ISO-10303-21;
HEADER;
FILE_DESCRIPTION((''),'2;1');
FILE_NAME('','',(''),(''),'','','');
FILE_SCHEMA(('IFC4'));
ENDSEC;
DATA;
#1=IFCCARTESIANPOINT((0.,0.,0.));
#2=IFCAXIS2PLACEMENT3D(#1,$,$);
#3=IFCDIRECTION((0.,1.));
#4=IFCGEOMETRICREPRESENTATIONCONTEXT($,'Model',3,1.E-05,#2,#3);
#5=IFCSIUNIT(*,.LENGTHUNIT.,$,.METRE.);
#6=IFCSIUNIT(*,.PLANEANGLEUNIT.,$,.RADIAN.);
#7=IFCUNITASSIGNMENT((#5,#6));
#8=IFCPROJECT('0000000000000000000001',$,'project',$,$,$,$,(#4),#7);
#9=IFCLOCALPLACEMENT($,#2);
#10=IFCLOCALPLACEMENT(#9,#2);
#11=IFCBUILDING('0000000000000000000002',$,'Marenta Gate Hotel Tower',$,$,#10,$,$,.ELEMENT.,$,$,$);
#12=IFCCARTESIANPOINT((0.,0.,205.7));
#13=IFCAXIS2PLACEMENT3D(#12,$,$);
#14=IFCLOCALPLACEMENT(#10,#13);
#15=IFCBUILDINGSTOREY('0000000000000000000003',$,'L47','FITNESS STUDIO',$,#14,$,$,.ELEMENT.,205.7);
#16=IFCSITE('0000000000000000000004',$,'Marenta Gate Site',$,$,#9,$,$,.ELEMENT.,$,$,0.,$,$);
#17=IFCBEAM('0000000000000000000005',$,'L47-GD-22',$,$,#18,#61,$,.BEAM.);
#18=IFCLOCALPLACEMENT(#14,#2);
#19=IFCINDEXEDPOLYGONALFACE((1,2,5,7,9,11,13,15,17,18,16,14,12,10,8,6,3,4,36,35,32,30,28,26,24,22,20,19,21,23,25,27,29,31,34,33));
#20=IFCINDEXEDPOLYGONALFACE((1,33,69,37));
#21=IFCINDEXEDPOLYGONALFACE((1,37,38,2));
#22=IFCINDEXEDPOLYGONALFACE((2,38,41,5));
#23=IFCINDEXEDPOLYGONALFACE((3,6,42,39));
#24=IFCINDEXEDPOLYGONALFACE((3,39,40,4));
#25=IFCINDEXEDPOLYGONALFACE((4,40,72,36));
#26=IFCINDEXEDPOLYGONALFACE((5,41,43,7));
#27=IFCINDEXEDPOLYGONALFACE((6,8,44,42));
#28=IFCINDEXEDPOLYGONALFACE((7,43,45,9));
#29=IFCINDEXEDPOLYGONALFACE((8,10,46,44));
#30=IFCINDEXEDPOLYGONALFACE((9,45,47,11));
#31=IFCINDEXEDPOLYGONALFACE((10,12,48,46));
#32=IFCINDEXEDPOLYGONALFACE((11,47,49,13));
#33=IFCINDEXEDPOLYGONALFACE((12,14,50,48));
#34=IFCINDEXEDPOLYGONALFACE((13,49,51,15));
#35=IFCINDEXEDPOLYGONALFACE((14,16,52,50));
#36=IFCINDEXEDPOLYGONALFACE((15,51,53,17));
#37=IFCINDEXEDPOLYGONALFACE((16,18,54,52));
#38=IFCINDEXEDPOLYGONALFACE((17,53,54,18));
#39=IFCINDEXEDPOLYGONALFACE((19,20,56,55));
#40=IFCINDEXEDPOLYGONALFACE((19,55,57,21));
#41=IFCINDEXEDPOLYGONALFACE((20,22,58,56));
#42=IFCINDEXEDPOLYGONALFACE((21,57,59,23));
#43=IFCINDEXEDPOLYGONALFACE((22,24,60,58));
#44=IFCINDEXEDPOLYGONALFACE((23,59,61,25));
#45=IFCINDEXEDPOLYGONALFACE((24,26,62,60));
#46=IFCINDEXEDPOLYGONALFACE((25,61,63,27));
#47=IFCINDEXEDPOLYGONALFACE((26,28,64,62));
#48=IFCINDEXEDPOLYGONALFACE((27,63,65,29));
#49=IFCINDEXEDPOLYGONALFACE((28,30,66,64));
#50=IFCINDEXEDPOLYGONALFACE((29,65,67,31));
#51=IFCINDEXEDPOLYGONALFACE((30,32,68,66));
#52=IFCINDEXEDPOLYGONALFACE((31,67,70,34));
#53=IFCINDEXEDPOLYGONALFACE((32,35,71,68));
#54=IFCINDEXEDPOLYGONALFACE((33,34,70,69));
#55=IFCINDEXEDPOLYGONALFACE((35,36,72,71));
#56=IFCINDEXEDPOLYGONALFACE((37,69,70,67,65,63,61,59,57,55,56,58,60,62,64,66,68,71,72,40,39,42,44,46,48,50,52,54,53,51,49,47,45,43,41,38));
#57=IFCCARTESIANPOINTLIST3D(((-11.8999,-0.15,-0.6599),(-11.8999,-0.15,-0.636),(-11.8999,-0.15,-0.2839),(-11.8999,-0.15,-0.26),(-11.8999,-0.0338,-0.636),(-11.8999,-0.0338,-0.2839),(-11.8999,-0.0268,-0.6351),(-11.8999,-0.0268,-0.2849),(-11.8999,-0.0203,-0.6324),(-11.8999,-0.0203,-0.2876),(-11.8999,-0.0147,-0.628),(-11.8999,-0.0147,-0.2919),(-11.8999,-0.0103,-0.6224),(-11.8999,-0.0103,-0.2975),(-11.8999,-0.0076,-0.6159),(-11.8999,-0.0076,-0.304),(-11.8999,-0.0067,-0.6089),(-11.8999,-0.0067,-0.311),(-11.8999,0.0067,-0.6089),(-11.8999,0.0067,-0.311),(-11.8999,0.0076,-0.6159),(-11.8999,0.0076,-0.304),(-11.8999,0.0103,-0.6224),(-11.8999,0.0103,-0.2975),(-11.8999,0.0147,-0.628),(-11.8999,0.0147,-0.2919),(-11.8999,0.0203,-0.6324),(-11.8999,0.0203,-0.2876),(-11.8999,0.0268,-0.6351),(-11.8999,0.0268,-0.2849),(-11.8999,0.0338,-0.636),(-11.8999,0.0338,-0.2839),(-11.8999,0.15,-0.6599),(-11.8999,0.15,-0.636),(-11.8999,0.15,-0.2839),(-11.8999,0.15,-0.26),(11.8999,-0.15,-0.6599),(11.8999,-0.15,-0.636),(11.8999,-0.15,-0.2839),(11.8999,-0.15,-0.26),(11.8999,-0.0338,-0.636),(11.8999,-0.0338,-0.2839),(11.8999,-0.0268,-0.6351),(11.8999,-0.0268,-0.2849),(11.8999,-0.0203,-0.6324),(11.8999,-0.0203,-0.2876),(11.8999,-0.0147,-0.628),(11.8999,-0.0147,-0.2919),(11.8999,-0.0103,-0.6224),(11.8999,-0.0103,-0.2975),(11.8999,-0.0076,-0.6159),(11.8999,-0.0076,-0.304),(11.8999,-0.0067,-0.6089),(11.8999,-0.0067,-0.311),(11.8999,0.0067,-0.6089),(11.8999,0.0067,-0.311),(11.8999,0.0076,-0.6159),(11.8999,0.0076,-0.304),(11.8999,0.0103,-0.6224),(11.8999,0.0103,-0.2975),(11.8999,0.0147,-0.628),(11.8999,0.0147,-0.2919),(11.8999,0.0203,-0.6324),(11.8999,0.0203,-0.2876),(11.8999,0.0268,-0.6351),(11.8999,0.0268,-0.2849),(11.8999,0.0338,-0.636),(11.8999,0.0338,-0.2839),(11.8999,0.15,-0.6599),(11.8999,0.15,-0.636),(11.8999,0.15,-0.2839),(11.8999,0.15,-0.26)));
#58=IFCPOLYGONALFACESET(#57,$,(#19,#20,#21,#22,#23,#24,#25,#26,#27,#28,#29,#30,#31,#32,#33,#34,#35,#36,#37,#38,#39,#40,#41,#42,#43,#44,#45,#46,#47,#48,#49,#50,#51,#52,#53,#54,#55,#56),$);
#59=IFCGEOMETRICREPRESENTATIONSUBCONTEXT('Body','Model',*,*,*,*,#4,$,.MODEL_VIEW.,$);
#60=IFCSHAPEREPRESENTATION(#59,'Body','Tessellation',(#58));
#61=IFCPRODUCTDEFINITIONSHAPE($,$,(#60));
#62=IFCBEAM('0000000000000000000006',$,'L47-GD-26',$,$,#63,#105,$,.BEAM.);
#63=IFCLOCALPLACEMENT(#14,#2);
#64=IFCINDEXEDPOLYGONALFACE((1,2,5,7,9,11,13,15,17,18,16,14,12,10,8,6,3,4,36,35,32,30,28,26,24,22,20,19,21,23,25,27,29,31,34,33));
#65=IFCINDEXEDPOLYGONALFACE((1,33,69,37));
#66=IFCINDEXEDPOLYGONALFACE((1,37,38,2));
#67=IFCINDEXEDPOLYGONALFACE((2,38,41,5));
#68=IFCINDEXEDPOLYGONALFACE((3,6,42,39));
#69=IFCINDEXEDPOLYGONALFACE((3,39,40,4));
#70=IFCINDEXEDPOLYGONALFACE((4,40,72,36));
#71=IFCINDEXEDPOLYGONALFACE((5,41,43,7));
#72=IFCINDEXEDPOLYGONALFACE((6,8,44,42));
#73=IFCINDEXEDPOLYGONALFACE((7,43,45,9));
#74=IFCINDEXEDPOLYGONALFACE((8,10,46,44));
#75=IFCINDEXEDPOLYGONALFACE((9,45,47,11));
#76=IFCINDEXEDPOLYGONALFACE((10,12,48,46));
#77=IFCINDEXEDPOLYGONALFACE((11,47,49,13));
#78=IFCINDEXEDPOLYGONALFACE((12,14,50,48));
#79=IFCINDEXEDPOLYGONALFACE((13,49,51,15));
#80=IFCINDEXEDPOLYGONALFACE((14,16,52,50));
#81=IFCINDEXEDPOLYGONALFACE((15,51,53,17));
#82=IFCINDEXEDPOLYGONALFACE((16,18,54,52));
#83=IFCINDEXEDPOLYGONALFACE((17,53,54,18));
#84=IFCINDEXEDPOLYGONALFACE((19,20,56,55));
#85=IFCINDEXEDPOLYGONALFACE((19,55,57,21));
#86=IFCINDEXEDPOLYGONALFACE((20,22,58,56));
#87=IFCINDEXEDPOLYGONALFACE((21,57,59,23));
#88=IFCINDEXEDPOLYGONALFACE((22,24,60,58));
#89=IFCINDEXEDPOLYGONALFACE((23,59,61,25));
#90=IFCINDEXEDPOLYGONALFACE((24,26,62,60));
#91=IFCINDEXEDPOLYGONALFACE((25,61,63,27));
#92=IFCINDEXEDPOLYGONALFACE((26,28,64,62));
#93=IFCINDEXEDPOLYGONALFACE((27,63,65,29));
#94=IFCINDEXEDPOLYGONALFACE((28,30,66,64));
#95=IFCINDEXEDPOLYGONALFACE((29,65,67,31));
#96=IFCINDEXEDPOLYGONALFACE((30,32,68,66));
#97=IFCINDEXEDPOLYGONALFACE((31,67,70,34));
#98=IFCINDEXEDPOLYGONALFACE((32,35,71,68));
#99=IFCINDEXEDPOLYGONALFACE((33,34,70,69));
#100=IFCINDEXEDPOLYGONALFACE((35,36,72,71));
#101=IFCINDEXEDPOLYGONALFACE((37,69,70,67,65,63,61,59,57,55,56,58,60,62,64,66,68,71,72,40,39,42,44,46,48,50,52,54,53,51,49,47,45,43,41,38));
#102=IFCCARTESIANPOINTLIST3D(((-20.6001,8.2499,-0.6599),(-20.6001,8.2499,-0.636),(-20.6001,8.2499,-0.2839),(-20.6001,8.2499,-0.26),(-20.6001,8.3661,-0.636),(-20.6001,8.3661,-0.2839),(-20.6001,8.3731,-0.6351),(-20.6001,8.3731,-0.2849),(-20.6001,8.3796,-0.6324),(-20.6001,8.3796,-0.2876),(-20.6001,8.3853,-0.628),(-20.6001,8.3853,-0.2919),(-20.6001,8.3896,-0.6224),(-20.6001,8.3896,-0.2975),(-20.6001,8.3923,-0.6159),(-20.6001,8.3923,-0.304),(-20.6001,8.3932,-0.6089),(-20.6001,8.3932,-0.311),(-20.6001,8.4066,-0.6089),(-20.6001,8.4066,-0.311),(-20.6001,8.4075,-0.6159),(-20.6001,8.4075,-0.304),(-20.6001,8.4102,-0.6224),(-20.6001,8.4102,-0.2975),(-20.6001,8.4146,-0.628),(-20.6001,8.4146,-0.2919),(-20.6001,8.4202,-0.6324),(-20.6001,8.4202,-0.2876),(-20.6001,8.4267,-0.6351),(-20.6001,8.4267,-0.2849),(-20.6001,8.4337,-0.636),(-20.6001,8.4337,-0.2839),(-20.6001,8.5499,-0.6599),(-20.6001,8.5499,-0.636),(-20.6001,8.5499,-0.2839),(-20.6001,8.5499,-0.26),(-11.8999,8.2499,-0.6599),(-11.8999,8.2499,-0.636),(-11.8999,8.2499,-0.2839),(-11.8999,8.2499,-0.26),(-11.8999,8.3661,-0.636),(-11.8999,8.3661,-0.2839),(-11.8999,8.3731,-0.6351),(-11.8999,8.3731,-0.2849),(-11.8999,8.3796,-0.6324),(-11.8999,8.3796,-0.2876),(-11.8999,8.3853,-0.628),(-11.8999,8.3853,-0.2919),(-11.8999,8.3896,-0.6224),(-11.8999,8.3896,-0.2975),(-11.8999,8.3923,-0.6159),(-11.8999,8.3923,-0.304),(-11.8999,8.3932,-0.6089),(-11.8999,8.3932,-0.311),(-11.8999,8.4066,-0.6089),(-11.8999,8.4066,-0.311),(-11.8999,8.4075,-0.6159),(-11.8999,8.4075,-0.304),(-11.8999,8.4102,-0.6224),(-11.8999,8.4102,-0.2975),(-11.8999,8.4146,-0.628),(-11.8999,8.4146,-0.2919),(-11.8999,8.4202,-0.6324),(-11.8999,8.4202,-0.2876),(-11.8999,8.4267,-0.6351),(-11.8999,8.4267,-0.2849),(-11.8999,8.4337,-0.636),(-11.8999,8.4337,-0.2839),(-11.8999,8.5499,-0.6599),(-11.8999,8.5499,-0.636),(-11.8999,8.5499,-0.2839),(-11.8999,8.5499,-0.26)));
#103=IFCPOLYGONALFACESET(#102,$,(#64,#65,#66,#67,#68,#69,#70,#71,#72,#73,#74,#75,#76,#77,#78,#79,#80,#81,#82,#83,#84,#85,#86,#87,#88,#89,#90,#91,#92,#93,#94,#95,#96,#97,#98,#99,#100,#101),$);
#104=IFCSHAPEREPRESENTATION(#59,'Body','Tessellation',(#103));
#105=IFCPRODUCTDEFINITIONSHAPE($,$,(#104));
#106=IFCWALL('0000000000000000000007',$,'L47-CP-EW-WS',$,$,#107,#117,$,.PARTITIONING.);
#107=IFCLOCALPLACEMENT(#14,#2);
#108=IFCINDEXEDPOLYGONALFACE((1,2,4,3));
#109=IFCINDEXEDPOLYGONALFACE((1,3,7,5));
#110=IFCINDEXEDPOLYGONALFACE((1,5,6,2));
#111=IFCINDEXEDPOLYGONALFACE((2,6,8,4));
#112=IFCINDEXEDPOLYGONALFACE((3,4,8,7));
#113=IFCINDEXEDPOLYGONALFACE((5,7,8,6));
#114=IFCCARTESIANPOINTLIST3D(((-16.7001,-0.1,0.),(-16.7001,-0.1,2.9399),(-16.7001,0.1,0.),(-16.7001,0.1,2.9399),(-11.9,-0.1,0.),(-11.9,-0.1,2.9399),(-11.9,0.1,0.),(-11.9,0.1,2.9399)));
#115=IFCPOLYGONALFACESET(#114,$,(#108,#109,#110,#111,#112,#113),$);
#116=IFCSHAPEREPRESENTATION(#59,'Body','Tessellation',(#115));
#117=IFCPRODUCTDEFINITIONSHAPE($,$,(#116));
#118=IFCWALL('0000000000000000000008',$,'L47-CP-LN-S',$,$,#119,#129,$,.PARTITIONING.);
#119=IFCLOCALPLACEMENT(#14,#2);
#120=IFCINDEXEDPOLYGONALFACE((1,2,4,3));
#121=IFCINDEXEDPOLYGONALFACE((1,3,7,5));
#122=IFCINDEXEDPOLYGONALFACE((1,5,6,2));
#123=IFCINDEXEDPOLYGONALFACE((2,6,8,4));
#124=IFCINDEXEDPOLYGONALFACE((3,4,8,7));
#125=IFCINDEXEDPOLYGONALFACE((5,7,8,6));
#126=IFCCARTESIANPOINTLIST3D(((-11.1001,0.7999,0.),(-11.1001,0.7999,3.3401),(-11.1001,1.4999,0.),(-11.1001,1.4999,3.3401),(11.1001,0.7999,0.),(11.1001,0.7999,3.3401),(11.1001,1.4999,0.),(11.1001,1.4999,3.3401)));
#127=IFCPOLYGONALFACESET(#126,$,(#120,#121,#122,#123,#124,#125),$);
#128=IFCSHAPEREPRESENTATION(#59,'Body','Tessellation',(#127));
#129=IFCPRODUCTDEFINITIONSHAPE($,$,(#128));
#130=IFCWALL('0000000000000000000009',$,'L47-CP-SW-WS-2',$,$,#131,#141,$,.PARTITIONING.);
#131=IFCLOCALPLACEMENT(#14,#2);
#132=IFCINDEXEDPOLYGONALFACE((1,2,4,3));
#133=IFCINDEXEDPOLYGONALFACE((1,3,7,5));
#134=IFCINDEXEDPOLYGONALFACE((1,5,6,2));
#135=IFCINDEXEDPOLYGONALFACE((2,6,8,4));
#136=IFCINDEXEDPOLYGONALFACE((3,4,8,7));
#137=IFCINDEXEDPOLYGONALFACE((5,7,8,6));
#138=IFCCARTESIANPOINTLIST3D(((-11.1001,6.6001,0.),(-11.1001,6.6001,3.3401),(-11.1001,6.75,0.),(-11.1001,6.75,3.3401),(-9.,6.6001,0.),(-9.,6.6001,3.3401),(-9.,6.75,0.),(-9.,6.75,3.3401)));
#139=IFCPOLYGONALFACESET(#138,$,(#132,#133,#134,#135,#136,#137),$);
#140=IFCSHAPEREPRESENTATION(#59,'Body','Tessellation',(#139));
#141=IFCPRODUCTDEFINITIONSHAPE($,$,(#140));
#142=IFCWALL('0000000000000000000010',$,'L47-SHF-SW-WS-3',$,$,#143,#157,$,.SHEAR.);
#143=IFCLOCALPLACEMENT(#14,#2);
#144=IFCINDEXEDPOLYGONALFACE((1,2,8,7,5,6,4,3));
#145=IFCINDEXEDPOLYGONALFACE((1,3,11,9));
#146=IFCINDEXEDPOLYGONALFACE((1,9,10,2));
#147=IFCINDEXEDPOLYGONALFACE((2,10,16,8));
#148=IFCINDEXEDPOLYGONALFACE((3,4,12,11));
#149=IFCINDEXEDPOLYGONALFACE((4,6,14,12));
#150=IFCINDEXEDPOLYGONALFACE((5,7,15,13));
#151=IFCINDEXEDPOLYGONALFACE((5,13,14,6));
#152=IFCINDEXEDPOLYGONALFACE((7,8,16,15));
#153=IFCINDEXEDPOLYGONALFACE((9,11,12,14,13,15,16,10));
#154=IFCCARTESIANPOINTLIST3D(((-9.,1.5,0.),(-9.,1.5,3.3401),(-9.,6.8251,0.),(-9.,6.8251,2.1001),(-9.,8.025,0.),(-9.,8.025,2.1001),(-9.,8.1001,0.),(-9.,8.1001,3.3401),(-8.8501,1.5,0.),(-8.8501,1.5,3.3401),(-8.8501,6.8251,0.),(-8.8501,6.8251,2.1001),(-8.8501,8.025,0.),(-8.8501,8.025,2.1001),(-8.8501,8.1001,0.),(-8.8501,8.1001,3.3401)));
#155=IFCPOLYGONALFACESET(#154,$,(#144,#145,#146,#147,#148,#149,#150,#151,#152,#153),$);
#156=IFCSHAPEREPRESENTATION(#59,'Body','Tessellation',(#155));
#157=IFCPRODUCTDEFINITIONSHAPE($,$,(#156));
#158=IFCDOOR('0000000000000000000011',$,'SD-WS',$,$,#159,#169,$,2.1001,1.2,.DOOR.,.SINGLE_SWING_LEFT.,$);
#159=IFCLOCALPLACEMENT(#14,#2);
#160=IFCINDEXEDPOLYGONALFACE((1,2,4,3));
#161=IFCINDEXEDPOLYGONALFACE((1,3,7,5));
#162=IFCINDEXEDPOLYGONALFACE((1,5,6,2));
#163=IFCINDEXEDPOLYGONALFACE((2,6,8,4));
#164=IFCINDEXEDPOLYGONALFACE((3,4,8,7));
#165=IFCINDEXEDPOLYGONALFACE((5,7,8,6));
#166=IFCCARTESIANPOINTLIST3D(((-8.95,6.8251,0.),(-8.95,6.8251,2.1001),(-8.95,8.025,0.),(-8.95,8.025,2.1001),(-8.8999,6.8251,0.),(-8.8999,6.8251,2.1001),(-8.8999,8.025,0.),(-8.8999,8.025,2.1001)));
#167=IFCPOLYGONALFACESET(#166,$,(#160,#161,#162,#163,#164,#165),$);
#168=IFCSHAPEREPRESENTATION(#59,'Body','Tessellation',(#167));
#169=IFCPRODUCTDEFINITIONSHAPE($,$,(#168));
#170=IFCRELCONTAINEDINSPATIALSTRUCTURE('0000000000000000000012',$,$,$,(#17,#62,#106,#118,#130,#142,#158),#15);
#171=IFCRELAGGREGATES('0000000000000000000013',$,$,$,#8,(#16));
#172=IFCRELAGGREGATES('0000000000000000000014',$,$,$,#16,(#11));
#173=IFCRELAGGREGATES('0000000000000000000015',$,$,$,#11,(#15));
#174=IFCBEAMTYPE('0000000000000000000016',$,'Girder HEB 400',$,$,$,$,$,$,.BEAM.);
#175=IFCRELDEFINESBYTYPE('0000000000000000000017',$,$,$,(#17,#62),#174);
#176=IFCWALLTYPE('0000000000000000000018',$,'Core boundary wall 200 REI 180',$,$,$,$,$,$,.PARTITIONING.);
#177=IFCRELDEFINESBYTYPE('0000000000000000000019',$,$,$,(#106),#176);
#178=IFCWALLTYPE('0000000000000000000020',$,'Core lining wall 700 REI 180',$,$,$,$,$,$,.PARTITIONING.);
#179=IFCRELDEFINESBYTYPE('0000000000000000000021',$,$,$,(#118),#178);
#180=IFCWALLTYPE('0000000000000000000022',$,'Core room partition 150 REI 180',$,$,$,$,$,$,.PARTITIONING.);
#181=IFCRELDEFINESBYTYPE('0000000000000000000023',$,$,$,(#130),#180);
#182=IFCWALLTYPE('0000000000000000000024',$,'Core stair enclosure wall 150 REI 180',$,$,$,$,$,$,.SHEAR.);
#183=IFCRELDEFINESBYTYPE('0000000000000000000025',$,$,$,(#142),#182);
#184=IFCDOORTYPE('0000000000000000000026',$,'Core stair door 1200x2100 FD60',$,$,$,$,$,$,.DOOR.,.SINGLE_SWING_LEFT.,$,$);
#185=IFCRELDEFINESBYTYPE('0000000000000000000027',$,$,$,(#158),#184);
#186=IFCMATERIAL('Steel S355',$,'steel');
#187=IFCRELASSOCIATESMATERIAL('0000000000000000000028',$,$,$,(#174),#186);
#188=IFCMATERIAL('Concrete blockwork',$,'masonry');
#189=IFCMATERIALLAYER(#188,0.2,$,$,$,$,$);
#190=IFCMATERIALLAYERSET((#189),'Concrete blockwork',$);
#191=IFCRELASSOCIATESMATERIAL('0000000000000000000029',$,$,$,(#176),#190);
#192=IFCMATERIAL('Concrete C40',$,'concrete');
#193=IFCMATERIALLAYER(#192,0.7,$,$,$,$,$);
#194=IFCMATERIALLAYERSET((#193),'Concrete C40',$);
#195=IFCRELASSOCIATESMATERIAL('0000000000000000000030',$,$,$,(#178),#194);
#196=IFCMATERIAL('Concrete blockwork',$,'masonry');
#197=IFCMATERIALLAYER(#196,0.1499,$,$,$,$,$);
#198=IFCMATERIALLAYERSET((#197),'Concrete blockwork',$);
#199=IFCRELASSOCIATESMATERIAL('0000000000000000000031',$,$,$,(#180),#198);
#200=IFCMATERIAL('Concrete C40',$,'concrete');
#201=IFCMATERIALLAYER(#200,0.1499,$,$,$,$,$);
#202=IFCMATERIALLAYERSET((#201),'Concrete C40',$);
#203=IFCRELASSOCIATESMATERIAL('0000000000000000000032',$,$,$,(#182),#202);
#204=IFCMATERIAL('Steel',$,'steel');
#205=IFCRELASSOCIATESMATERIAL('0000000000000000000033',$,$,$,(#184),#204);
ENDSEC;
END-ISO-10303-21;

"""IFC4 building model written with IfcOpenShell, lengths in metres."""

from ifc_helpers import new_model, si_unit, direction, frame, frame_2d, origin, origin_2d, place, context, subcontext, project, spatial, rectangle, i_section, extrude, material, layer, layer_set, material_profile, profile_set, type_object, element, fill, save


model = new_model("IFC4")

# Units and contexts
model_context = context("Model", 3, precision=1e-05, world=origin(), true_north=direction((0.0, 1.0)))
body_context = subcontext(model_context, "Body", "Model", "MODEL_VIEW")
ifc_project = project(units=[si_unit("LENGTHUNIT", "METRE"), si_unit("PLANEANGLEUNIT", "RADIAN")], contexts=[model_context])

# Site, building, storey
site_placement = place(None, origin())
site = spatial("IfcSite", under=ifc_project, at=site_placement, Name="Marenta Gate Site", CompositionType="ELEMENT", RefElevation=0.0)
building_placement = place(site_placement, origin())
building = spatial("IfcBuilding", under=site, at=building_placement, Name="Marenta Gate Hotel Tower", CompositionType="ELEMENT")
storey_placement = place(building_placement, frame((0.0, 0.0, 205.7)))
storey = spatial("IfcBuildingStorey", under=building, at=storey_placement, Name="L47", Description="FITNESS STUDIO", CompositionType="ELEMENT", Elevation=205.7)

# Beams
ifc_material_1 = material(Name="Steel S355", Category="steel")
ifc_material_profile = material_profile(ifc_material_1, i_section(OverallWidth=0.3, OverallDepth=0.3999, WebThickness=0.0134, FlangeThickness=0.0239, FilletRadius=0.0271, at=origin_2d()), Name="HEB 400")
ifc_profile_set = profile_set([ifc_material_profile], Name="Steel S355")
beam_type = type_object("IfcBeamType", Name="Girder HEB 400", PredefinedType="BEAM", material=ifc_profile_set)
beam_1_placement = place(storey_placement, frame((-11.8999, 0.0, -0.46), z_axis=(1.0, 0.0, 0.0), x_axis=(0.0, 1.0, 0.0)))
element("IfcBeam", 1, at=beam_1_placement, inside=storey, type_object=beam_type, Name="L47-GD-22", PredefinedType="BEAM", context=body_context, shape_type="SweptSolid", body=[
    extrude(i_section(OverallWidth=0.3, OverallDepth=0.3999, WebThickness=0.0134, FlangeThickness=0.0239, FilletRadius=0.0271, at=origin_2d()), origin(), (0.0, 0.0, 1.0), 23.7998),
])
beam_2_placement = place(storey_placement, frame((-20.6001, 8.3999, -0.46), z_axis=(1.0, 0.0, 0.0), x_axis=(0.0, 1.0, 0.0)))
element("IfcBeam", 2, at=beam_2_placement, inside=storey, type_object=beam_type, Name="L47-GD-26", PredefinedType="BEAM", context=body_context, shape_type="SweptSolid", body=[
    extrude(i_section(OverallWidth=0.3, OverallDepth=0.3999, WebThickness=0.0134, FlangeThickness=0.0239, FilletRadius=0.0271, at=origin_2d()), origin(), (0.0, 0.0, 1.0), 8.7002),
])

# Walls
ifc_material_2 = material(Name="Concrete blockwork", Category="masonry")
ifc_layer_1 = layer(ifc_material_2, 0.2)
ifc_layer_set_1 = layer_set([ifc_layer_1], Name="Concrete blockwork")
wall_type_1 = type_object("IfcWallType", Name="Core boundary wall 200 REI 180", PredefinedType="PARTITIONING", material=ifc_layer_set_1)
wall_1_placement = place(storey_placement, frame((-16.7, 0.0, 0.0), z_axis=(0.0, 0.0, 1.0), x_axis=(1.0, 0.0, 0.0)))
element("IfcWall", 3, at=wall_1_placement, inside=storey, type_object=wall_type_1, Name="L47-CP-EW-WS", PredefinedType="PARTITIONING", context=body_context, shape_type="SweptSolid", body=[
    extrude(rectangle(XDim=4.8, YDim=0.2, at=frame_2d((2.3999, 0.0))), origin(), (0.0, 0.0, 1.0), 2.9399),
])
ifc_material_3 = material(Name="Concrete C40", Category="concrete")
ifc_layer_2 = layer(ifc_material_3, 0.7)
ifc_layer_set_2 = layer_set([ifc_layer_2], Name="Concrete C40")
wall_type_2 = type_object("IfcWallType", Name="Core lining wall 700 REI 180", PredefinedType="PARTITIONING", material=ifc_layer_set_2)
wall_2_placement = place(storey_placement, frame((-11.1001, 1.1499, 0.0), z_axis=(0.0, 0.0, 1.0), x_axis=(1.0, 0.0, 0.0)))
element("IfcWall", 4, at=wall_2_placement, inside=storey, type_object=wall_type_2, Name="L47-CP-LN-S", PredefinedType="PARTITIONING", context=body_context, shape_type="SweptSolid", body=[
    extrude(rectangle(XDim=22.2002, YDim=0.7, at=frame_2d((11.1001, 0.0))), origin(), (0.0, 0.0, 1.0), 3.3401),
])
ifc_material_4 = material(Name="Concrete blockwork", Category="masonry")
ifc_layer_3 = layer(ifc_material_4, 0.1499)
ifc_layer_set_3 = layer_set([ifc_layer_3], Name="Concrete blockwork")
wall_type_3 = type_object("IfcWallType", Name="Core room partition 150 REI 180", PredefinedType="PARTITIONING", material=ifc_layer_set_3)
wall_3_placement = place(storey_placement, frame((-11.1001, 6.675, 0.0), z_axis=(0.0, 0.0, 1.0), x_axis=(1.0, 0.0, 0.0)))
element("IfcWall", 5, at=wall_3_placement, inside=storey, type_object=wall_type_3, Name="L47-CP-SW-WS-2", PredefinedType="PARTITIONING", context=body_context, shape_type="SweptSolid", body=[
    extrude(rectangle(XDim=2.1001, YDim=0.1499, at=frame_2d((1.05, 0.0))), origin(), (0.0, 0.0, 1.0), 3.3401),
])

# Wall, opening, door
ifc_material_5 = material(Name="Concrete C40", Category="concrete")
ifc_layer_4 = layer(ifc_material_5, 0.1499)
ifc_layer_set_4 = layer_set([ifc_layer_4], Name="Concrete C40")
wall_type_4 = type_object("IfcWallType", Name="Core stair enclosure wall 150 REI 180", PredefinedType="SHEAR", material=ifc_layer_set_4)
wall_4_placement = place(storey_placement, frame((-8.925, 1.5, 0.0), z_axis=(0.0, 0.0, 1.0), x_axis=(0.0, 1.0, 0.0)))
wall_4 = element("IfcWall", 6, at=wall_4_placement, inside=storey, type_object=wall_type_4, Name="L47-SHF-SW-WS-3", PredefinedType="SHEAR", context=body_context, shape_type="SweptSolid", body=[
    extrude(rectangle(XDim=6.6001, YDim=0.1499, at=frame_2d((3.3, 0.0))), origin(), (0.0, 0.0, 1.0), 3.3401),
])
opening_1_placement = place(wall_4_placement, frame((5.325, 0.0, 0.0)))
opening_1 = element("IfcOpeningElement", 7, at=opening_1_placement, cuts=wall_4, PredefinedType="OPENING", context=body_context, shape_type="SweptSolid", body=[
    extrude(rectangle(XDim=1.2, YDim=2.1001, at=frame_2d((0.6001, 1.05))), frame((0.0, 0.075, 0.0), z_axis=(0.0, -1.0, 0.0), x_axis=(1.0, 0.0, 0.0)), (0.0, 0.0, 1.0), 0.1499),
])
ifc_material_6 = material(Name="Steel", Category="steel")
door_type_1 = type_object("IfcDoorType", Name="Core stair door 1200x2100 FD60", OperationType="SINGLE_SWING_LEFT", PredefinedType="DOOR", material=ifc_material_6)
door_1_placement = place(opening_1_placement, origin())
door_1 = element("IfcDoor", 8, at=door_1_placement, inside=storey, type_object=door_type_1, Name="SD-WS", OperationType="SINGLE_SWING_LEFT", OverallHeight=2.1001, OverallWidth=1.2, PredefinedType="DOOR", context=body_context, shape_type="SweptSolid", body=[
    extrude(rectangle(XDim=1.2, YDim=2.1001, at=frame_2d((0.6001, 1.05))), frame((0.0, 0.0249, 0.0), z_axis=(0.0, -1.0, 0.0), x_axis=(1.0, 0.0, 0.0)), (0.0, 0.0, 1.0), 0.05),
])
fill(opening_1, door_1)

save(model, "model.ifc")
